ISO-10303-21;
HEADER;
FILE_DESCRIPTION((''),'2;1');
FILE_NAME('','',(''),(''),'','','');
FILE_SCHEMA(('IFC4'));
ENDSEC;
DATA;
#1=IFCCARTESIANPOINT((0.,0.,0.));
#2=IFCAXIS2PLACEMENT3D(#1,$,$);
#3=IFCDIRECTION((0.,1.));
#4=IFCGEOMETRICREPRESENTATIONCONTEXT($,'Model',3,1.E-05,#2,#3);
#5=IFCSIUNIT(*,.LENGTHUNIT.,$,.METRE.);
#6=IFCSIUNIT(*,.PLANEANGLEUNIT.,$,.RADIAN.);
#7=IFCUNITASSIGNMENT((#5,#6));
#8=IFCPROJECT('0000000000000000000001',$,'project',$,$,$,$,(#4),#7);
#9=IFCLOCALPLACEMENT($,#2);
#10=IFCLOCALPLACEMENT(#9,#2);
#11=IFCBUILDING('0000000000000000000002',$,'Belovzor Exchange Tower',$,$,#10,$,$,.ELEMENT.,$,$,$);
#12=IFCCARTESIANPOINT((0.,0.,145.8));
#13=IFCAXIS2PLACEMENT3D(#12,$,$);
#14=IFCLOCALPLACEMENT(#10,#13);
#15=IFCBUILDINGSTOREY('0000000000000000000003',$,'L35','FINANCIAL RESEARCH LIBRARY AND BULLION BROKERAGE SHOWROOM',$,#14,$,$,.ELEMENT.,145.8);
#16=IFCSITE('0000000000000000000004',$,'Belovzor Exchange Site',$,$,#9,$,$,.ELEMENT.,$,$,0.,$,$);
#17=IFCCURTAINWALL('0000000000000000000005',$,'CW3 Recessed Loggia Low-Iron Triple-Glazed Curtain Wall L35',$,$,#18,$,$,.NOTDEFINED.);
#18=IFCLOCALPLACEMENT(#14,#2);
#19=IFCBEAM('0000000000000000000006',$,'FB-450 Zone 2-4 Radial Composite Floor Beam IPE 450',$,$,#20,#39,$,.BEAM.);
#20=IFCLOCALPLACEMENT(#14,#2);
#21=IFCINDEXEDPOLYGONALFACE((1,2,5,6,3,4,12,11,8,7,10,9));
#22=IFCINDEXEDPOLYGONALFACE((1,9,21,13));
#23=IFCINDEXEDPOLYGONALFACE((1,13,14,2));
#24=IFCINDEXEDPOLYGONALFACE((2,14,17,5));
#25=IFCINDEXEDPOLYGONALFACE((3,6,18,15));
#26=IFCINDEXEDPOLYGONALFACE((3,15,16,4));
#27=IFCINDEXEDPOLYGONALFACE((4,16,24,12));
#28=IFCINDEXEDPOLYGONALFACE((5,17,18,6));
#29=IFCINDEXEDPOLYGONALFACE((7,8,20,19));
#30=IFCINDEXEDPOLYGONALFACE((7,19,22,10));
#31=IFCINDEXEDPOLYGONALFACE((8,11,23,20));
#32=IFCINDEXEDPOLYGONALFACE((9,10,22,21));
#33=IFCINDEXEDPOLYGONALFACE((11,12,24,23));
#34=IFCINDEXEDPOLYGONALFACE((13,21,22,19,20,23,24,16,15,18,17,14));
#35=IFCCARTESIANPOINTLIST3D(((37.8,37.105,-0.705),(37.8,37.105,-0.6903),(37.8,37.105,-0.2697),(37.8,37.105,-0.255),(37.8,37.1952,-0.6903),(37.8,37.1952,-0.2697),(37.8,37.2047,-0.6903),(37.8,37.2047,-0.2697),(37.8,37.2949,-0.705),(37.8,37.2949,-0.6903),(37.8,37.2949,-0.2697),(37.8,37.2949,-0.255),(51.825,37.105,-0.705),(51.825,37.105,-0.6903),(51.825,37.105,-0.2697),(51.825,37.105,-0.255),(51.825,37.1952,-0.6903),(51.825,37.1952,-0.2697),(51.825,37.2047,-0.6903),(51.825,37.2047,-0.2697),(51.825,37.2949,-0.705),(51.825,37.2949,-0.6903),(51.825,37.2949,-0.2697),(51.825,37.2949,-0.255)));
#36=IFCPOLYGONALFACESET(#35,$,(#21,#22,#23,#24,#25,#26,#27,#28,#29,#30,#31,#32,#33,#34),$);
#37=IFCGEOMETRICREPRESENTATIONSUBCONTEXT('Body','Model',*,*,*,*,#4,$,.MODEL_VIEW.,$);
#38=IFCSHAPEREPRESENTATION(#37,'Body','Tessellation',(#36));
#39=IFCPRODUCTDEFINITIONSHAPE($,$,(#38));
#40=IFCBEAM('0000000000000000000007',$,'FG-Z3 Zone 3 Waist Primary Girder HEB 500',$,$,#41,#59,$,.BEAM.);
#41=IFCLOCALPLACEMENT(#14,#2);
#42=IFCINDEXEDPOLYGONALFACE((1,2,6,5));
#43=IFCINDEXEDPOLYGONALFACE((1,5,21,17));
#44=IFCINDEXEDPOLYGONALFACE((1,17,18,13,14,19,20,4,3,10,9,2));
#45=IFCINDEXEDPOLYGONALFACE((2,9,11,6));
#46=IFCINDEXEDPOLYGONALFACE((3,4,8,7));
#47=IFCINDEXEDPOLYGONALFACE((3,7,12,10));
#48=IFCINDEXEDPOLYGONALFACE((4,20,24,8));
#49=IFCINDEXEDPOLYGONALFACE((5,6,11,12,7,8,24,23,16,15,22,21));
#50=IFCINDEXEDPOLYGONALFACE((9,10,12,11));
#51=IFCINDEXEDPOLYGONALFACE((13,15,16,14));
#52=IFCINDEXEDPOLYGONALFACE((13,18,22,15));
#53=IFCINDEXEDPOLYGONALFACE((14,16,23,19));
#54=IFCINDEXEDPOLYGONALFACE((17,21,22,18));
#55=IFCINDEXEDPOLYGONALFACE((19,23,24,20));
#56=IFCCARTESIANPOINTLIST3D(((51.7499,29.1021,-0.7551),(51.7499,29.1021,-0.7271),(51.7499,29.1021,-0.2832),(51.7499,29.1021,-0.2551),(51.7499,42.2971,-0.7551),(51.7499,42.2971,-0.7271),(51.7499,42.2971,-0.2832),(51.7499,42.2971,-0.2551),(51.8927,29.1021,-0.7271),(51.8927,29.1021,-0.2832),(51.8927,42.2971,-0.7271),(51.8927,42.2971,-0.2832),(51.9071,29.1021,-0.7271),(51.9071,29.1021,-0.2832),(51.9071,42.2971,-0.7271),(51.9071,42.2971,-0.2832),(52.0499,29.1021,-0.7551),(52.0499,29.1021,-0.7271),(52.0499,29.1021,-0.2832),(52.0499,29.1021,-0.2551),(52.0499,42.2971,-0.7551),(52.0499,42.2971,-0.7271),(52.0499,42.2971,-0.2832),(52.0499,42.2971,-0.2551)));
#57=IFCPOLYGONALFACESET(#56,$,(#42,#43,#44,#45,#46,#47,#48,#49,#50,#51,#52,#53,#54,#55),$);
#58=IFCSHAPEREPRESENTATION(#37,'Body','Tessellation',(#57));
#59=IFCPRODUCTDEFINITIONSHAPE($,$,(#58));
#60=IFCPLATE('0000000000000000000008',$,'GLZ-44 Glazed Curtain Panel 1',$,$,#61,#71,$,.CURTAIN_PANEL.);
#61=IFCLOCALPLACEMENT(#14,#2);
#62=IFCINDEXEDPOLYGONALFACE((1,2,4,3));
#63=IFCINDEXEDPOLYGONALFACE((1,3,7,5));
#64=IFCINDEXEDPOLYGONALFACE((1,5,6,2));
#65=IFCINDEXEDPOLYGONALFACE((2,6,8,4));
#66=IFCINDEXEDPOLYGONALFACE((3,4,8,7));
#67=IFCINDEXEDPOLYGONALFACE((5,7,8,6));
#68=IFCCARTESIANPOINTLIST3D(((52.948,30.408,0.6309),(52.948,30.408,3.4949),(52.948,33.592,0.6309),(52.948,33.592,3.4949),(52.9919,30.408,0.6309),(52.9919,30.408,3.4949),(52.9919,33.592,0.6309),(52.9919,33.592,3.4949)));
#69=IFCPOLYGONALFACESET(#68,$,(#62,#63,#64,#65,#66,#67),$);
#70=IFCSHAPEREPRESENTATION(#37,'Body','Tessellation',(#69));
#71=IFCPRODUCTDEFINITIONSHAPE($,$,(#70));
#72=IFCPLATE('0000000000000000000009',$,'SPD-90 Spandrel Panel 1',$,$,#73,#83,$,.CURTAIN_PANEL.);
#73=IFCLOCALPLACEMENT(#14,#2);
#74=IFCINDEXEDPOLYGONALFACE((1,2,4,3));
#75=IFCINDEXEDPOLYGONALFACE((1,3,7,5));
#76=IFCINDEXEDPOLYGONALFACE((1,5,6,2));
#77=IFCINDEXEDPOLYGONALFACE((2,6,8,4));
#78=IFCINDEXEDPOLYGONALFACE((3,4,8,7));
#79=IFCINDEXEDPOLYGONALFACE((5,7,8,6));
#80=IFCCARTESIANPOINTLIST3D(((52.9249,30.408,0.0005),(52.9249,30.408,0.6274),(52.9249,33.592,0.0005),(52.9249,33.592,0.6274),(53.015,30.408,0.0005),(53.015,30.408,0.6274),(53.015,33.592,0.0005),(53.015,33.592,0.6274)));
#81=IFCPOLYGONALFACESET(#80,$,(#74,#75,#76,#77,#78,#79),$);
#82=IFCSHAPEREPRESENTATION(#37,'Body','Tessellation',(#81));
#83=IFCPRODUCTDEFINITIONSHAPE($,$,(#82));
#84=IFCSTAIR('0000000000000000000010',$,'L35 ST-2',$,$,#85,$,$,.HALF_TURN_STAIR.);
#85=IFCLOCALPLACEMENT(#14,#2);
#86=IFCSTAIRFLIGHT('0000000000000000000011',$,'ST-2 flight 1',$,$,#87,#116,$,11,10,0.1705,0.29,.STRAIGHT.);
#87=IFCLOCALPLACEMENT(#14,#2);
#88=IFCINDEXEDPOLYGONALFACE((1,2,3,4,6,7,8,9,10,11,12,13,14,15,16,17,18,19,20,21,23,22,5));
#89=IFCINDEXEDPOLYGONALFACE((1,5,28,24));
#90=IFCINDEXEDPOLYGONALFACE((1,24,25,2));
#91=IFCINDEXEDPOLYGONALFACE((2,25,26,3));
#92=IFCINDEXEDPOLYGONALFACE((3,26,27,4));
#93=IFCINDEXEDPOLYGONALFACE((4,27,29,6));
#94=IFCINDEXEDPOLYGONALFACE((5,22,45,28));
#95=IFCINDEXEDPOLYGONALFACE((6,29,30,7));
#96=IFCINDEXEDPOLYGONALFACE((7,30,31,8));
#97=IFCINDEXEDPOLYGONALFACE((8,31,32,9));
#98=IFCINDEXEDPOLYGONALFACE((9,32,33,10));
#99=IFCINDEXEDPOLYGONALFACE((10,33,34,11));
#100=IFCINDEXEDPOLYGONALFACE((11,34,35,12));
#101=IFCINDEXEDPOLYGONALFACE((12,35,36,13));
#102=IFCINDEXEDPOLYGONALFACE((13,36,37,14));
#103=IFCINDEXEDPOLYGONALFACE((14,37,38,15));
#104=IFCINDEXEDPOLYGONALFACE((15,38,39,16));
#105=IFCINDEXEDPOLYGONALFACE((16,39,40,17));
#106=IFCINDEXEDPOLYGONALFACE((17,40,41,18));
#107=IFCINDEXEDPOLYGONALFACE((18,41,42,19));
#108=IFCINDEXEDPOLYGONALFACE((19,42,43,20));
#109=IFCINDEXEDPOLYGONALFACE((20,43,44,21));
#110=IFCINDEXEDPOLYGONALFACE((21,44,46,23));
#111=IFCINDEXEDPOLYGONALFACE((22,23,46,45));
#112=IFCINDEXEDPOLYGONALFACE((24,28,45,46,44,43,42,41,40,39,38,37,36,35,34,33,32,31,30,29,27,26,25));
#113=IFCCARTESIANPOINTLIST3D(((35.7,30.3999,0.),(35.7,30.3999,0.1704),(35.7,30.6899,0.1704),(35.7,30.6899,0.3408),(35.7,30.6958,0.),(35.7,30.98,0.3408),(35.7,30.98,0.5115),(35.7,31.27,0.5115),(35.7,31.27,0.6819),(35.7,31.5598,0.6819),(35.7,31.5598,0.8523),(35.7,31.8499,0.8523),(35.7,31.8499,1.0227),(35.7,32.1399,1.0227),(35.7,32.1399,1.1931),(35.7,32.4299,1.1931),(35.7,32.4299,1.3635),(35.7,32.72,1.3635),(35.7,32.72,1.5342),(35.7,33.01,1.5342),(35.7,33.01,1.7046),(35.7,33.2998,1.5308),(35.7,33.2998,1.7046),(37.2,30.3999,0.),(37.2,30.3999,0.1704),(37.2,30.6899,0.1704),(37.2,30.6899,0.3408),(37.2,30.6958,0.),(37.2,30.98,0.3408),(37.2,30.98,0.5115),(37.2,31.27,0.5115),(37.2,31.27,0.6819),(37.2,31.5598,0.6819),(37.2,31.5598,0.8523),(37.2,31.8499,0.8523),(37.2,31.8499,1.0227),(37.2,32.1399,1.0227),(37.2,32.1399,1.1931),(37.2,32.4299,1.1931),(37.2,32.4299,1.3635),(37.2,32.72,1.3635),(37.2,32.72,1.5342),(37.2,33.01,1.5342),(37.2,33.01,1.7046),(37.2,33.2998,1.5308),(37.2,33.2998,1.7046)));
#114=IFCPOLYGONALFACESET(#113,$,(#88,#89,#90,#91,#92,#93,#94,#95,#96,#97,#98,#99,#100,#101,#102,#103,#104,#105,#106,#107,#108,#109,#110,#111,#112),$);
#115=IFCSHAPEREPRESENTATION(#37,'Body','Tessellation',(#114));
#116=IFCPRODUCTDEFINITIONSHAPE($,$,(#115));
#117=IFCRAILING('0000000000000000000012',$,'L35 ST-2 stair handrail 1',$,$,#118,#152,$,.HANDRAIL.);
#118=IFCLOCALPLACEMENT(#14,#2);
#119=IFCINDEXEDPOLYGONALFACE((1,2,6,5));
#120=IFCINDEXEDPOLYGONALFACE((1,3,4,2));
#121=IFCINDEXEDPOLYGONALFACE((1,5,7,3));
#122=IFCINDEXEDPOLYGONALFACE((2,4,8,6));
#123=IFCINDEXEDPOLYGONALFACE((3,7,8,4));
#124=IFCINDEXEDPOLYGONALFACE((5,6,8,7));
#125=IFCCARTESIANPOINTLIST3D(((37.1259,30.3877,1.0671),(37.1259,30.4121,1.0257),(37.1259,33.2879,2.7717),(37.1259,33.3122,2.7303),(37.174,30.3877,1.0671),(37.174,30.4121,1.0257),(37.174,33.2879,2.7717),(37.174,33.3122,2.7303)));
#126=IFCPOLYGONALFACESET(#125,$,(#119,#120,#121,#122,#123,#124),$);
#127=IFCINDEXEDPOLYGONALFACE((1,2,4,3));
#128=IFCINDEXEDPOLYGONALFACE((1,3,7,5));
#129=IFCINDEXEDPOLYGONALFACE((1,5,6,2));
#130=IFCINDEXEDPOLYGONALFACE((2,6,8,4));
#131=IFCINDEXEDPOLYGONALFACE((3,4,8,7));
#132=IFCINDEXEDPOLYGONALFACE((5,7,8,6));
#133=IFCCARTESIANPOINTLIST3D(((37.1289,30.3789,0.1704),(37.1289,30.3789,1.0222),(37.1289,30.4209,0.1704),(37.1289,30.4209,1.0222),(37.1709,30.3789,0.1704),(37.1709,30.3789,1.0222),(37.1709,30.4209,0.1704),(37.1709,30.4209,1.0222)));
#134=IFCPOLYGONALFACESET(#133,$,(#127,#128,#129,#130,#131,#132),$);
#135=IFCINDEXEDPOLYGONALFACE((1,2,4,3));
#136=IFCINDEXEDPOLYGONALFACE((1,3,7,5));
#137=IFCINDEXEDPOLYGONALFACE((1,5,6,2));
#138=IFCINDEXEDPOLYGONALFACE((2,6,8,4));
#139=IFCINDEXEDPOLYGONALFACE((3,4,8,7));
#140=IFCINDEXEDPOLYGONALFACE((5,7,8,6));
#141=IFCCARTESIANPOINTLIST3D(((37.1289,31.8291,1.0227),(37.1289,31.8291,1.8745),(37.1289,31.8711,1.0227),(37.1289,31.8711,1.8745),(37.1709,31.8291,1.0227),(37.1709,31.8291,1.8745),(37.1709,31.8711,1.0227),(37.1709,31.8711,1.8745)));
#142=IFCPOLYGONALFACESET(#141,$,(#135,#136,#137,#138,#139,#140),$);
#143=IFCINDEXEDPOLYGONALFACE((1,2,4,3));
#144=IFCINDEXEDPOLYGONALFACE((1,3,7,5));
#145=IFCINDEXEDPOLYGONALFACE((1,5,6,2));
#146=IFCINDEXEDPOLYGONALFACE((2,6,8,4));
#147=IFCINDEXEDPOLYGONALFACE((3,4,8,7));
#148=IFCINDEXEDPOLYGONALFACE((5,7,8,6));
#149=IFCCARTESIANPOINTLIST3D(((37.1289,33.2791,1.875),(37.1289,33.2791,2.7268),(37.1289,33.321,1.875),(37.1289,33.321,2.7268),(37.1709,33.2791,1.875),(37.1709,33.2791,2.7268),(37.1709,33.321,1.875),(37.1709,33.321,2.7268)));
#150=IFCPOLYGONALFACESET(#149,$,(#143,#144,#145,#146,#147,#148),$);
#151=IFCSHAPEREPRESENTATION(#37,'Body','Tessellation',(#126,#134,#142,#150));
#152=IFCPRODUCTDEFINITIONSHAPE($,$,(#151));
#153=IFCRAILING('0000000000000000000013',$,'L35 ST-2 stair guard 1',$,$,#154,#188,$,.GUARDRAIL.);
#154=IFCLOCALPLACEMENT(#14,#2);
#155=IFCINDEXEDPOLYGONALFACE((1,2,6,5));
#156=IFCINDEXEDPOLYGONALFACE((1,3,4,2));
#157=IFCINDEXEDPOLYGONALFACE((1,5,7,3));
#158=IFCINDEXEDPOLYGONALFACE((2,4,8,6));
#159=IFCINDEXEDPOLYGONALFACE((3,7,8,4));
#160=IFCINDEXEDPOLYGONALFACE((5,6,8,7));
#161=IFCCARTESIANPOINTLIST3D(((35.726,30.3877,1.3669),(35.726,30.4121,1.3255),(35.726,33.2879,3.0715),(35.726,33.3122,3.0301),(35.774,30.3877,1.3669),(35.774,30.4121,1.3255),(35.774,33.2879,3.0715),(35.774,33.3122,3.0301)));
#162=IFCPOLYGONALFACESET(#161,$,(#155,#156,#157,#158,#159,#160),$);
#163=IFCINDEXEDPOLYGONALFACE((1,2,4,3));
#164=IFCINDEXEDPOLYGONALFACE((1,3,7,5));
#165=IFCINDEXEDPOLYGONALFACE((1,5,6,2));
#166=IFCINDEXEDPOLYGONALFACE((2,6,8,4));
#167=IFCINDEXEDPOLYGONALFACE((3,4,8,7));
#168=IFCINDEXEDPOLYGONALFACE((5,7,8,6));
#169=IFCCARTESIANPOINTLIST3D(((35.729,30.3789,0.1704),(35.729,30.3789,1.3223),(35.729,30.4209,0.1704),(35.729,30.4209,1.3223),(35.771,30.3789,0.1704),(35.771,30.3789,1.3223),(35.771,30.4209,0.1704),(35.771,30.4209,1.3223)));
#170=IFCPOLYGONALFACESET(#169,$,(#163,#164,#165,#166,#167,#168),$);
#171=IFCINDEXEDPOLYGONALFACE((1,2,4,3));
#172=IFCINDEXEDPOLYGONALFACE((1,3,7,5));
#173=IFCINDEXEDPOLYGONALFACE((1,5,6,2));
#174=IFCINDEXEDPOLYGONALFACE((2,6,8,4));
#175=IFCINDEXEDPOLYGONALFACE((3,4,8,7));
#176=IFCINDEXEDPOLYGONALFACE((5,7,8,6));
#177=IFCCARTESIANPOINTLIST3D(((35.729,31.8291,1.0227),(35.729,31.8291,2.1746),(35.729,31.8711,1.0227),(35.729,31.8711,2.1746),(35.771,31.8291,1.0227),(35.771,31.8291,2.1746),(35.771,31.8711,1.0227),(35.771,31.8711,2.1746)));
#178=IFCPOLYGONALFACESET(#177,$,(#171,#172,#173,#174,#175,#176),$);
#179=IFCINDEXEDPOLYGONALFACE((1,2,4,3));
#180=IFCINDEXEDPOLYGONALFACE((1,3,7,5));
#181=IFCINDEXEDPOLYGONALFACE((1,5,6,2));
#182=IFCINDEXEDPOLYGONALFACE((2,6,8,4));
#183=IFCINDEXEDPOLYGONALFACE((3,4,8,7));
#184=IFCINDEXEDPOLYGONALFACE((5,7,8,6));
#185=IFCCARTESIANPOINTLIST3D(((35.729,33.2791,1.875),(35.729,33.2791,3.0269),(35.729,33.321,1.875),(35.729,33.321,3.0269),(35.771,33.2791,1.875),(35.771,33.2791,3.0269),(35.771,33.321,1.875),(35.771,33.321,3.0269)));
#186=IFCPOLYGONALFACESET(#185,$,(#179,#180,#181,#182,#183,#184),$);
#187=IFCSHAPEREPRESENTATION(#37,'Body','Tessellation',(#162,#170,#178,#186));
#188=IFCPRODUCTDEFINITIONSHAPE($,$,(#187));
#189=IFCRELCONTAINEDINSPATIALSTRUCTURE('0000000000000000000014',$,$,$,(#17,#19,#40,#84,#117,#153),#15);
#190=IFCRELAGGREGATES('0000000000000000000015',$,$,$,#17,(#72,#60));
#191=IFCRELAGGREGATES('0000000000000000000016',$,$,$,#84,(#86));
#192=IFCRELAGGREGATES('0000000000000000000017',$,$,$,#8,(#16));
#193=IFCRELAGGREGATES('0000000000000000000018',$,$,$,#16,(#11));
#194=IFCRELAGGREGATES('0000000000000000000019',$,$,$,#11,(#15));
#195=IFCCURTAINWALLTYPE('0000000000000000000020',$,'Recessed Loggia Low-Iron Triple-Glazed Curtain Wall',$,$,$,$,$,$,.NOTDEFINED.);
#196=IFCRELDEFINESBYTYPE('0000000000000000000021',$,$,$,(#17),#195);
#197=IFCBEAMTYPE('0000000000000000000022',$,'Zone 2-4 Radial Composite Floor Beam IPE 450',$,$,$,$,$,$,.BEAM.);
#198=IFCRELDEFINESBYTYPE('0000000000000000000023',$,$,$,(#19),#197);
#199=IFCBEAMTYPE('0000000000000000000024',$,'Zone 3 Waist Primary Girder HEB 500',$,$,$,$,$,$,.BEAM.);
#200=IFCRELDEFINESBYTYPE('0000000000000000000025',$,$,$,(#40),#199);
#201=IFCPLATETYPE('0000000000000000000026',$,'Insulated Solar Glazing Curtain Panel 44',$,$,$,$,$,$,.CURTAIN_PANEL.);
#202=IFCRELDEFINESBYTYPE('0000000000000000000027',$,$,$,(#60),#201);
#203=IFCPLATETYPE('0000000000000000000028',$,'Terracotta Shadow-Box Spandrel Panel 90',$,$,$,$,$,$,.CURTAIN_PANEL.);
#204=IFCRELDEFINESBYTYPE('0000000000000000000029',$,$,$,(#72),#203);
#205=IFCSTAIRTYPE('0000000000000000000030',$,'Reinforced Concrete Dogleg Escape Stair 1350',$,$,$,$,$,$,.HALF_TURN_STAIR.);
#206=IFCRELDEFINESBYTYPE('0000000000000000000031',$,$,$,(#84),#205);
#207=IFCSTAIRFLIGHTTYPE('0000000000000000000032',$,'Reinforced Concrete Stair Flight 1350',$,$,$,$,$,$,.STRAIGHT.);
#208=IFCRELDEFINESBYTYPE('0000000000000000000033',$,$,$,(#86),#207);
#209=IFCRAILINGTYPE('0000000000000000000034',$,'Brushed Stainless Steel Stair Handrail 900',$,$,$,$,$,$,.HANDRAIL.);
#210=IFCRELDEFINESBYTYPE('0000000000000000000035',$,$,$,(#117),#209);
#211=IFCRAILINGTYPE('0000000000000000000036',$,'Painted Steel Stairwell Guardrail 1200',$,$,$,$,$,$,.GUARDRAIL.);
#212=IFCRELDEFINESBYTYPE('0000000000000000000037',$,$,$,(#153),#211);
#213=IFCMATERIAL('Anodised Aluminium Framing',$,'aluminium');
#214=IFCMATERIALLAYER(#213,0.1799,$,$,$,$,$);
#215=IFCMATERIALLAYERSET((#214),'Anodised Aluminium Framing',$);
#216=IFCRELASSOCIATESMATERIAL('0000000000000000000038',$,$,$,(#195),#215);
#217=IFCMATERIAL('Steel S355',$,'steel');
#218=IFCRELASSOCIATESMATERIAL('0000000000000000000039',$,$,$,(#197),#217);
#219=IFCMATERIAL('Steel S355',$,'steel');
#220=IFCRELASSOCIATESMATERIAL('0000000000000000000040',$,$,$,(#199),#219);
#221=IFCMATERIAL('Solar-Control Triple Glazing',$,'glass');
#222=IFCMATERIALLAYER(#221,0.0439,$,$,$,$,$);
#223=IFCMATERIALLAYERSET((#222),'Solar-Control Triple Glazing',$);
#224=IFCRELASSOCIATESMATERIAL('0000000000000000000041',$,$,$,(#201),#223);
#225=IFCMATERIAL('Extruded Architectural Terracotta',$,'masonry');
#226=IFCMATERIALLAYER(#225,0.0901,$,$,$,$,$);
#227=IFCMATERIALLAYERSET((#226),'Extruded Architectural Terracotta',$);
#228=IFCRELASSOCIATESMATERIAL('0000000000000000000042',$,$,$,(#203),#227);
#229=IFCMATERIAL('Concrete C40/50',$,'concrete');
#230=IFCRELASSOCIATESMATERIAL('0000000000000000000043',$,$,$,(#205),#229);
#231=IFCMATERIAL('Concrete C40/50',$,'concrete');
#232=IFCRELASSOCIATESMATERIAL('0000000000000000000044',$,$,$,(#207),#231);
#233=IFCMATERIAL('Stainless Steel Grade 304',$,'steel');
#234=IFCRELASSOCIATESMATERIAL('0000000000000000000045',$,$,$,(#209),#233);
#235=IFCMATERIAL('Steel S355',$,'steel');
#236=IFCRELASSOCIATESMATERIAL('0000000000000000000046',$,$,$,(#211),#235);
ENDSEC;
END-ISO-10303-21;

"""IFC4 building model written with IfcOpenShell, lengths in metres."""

from ifc_helpers import new_model, si_unit, direction, frame, origin, origin_2d, place, context, subcontext, project, spatial, polyline, rectangle, i_section, outline, extrude, material, layer, layer_set, material_profile, profile_set, type_object, element, aggregate, save


model = new_model("IFC4")

# Units and contexts
model_context = context("Model", 3, precision=1e-05, world=origin(), true_north=direction((0.0, 1.0)))
body_context = subcontext(model_context, "Body", "Model", "MODEL_VIEW")
ifc_project = project(units=[si_unit("LENGTHUNIT", "METRE"), si_unit("PLANEANGLEUNIT", "RADIAN")], contexts=[model_context])

# Site, building, storey
site_placement = place(None, origin())
site = spatial("IfcSite", under=ifc_project, at=site_placement, Name="Belovzor Exchange Site", CompositionType="ELEMENT", RefElevation=0.0)
building_placement = place(site_placement, origin())
building = spatial("IfcBuilding", under=site, at=building_placement, Name="Belovzor Exchange Tower", CompositionType="ELEMENT")
storey_placement = place(building_placement, frame((0.0, 0.0, 145.8)))
storey = spatial("IfcBuildingStorey", under=building, at=storey_placement, Name="L35", Description="FINANCIAL RESEARCH LIBRARY AND BULLION BROKERAGE SHOWROOM", CompositionType="ELEMENT", Elevation=145.8)

# Curtain wall
ifc_material_1 = material(Name="Anodised Aluminium Framing", Category="aluminium")
ifc_layer_1 = layer(ifc_material_1, 0.1799)
ifc_layer_set_1 = layer_set([ifc_layer_1], Name="Anodised Aluminium Framing")
curtain_wall_type = type_object("IfcCurtainWallType", Name="Recessed Loggia Low-Iron Triple-Glazed Curtain Wall", PredefinedType="NOTDEFINED", material=ifc_layer_set_1)
curtain_wall_placement = place(storey_placement, origin())
curtain_wall = element("IfcCurtainWall", 1, at=curtain_wall_placement, inside=storey, type_object=curtain_wall_type, Name="CW3 Recessed Loggia Low-Iron Triple-Glazed Curtain Wall L35", PredefinedType="NOTDEFINED")

# Beams
ifc_material_2 = material(Name="Steel S355", Category="steel")
ifc_material_profile_1 = material_profile(ifc_material_2, i_section(OverallWidth=0.1899, OverallDepth=0.45, WebThickness=0.0095, FlangeThickness=0.0146, at=origin_2d()))
ifc_profile_set_1 = profile_set([ifc_material_profile_1], Name="Steel S355")
beam_type_1 = type_object("IfcBeamType", Name="Zone 2-4 Radial Composite Floor Beam IPE 450", PredefinedType="BEAM", material=ifc_profile_set_1)
for number, where, z_axis, x_axis, name in (
    (2, (37.8, 37.2, -0.48), (1.0, 0.0, 0.0), (0.0, 1.0, 0.0), "FB-450 Zone 2-4 Radial Composite Floor Beam IPE 450"),
):
    element("IfcBeam", number, at=place(storey_placement, frame(where, z_axis=z_axis, x_axis=x_axis)), inside=storey, type_object=beam_type_1, Name=name, PredefinedType="BEAM", context=body_context, shape_type="SweptSolid", body=[
        extrude(i_section(OverallWidth=0.1899, OverallDepth=0.45, WebThickness=0.0095, FlangeThickness=0.0146, at=origin_2d()), origin(), (0.0, 0.0, 1.0), 14.0249),
    ])
ifc_material_3 = material(Name="Steel S355", Category="steel")
ifc_material_profile_2 = material_profile(ifc_material_3, i_section(OverallWidth=0.3, OverallDepth=0.5, WebThickness=0.0144, FlangeThickness=0.0281, at=origin_2d()))
ifc_profile_set_2 = profile_set([ifc_material_profile_2], Name="Steel S355")
beam_type_2 = type_object("IfcBeamType", Name="Zone 3 Waist Primary Girder HEB 500", PredefinedType="BEAM", material=ifc_profile_set_2)
beam_1_placement = place(storey_placement, frame((51.8999, 29.1021, -0.5051), z_axis=(0.0, 1.0, 0.0), x_axis=(-1.0, 0.0, 0.0)))
element("IfcBeam", 3, at=beam_1_placement, inside=storey, type_object=beam_type_2, Name="FG-Z3 Zone 3 Waist Primary Girder HEB 500", PredefinedType="BEAM", context=body_context, shape_type="SweptSolid", body=[
    extrude(i_section(OverallWidth=0.3, OverallDepth=0.5, WebThickness=0.0144, FlangeThickness=0.0281, at=origin_2d()), origin(), (0.0, 0.0, 1.0), 13.1951),
])

# Plates
ifc_material_4 = material(Name="Solar-Control Triple Glazing", Category="glass")
ifc_layer_2 = layer(ifc_material_4, 0.0439)
ifc_layer_set_2 = layer_set([ifc_layer_2], Name="Solar-Control Triple Glazing")
plate_type_1 = type_object("IfcPlateType", Name="Insulated Solar Glazing Curtain Panel 44", PredefinedType="CURTAIN_PANEL", material=ifc_layer_set_2)
plate_1_placement = place(storey_placement, frame((52.97, 32.0, 0.6309), z_axis=(0.0, 0.0, 1.0), x_axis=(0.0, -1.0, 0.0)))
plate_1 = element("IfcPlate", 4, at=plate_1_placement, type_object=plate_type_1, Name="GLZ-44 Glazed Curtain Panel 1", PredefinedType="CURTAIN_PANEL", context=body_context, shape_type="SweptSolid", body=[
    extrude(rectangle(XDim=3.1841, YDim=0.0439, at=origin_2d()), origin(), (0.0, 0.0, 1.0), 2.864),
])
ifc_material_5 = material(Name="Extruded Architectural Terracotta", Category="masonry")
ifc_layer_3 = layer(ifc_material_5, 0.0901)
ifc_layer_set_3 = layer_set([ifc_layer_3], Name="Extruded Architectural Terracotta")
plate_type_2 = type_object("IfcPlateType", Name="Terracotta Shadow-Box Spandrel Panel 90", PredefinedType="CURTAIN_PANEL", material=ifc_layer_set_3)
plate_2_placement = place(storey_placement, frame((52.97, 32.0, 0.0005), z_axis=(0.0, 0.0, 1.0), x_axis=(0.0, -1.0, 0.0)))
plate_2 = element("IfcPlate", 5, at=plate_2_placement, type_object=plate_type_2, Name="SPD-90 Spandrel Panel 1", PredefinedType="CURTAIN_PANEL", context=body_context, shape_type="SweptSolid", body=[
    extrude(rectangle(XDim=3.1841, YDim=0.0901, at=origin_2d()), origin(), (0.0, 0.0, 1.0), 0.627),
])
aggregate(curtain_wall, [plate_2, plate_1])

# Stair, stair flight
ifc_material_6 = material(Name="Concrete C40/50", Category="concrete")
stair_type = type_object("IfcStairType", Name="Reinforced Concrete Dogleg Escape Stair 1350", PredefinedType="HALF_TURN_STAIR", material=ifc_material_6)
stair_placement = place(storey_placement, origin())
stair = element("IfcStair", 6, at=stair_placement, inside=storey, type_object=stair_type, Name="L35 ST-2", PredefinedType="HALF_TURN_STAIR")
ifc_material_7 = material(Name="Concrete C40/50", Category="concrete")
stair_flight_type = type_object("IfcStairFlightType", Name="Reinforced Concrete Stair Flight 1350", PredefinedType="STRAIGHT", material=ifc_material_7)
stair_flight_placement = place(storey_placement, frame((36.45, 30.3999, 0.0), z_axis=(0.0, 0.0, 1.0), x_axis=(0.0, 1.0, 0.0)))
stair_flight = element("IfcStairFlight", 7, at=stair_flight_placement, type_object=stair_flight_type, Name="ST-2 flight 1", NumberOfRisers=11, NumberOfTreads=10, PredefinedType="STRAIGHT", RiserHeight=0.1705, TreadLength=0.29, context=body_context, shape_type="SweptSolid", body=[
    extrude(outline(polyline([(0.0, 0.0), (0.0, 0.1704), (0.29, 0.1704), (0.29, 0.3408), (0.5801, 0.3408), (0.5801, 0.5115), (0.8701, 0.5115), (0.8701, 0.6819), (1.1599, 0.6819), (1.1599, 0.8523), (1.45, 0.8523), (1.45, 1.0227), (1.74, 1.0227), (1.74, 1.1931), (2.03, 1.1931), (2.03, 1.3635), (2.3201, 1.3635), (2.3201, 1.5342), (2.6101, 1.5342), (2.6101, 1.7046), (2.8999, 1.7046), (2.8999, 1.875), (2.8999, 1.5308), (0.2959, 0.0), (0.0, 0.0)])), frame((0.0, 0.75, 0.0), z_axis=(0.0, -1.0, 0.0), x_axis=(1.0, 0.0, 0.0)), (0.0, 0.0, 1.0), 1.5),
])
aggregate(stair, [stair_flight])

# Railings
ifc_material_8 = material(Name="Stainless Steel Grade 304", Category="steel")
railing_type_1 = type_object("IfcRailingType", Name="Brushed Stainless Steel Stair Handrail 900", PredefinedType="HANDRAIL", material=ifc_material_8)
railing_1_placement = place(storey_placement, frame((37.1499, 30.3999, 0.1704)))
element("IfcRailing", 8, at=railing_1_placement, inside=storey, type_object=railing_type_1, Name="L35 ST-2 stair handrail 1", PredefinedType="HANDRAIL", context=body_context, shape_type="SweptSolid", body=[
    extrude(rectangle(XDim=0.0481, YDim=0.0481, at=origin_2d()), frame((0.0, 0.0, 0.876), z_axis=(0.0, 0.862113, 0.506716), x_axis=(-1.0, 0.0, 0.0)), (0.0, 0.0, 1.0), 3.364),
    extrude(rectangle(XDim=0.042, YDim=0.042, at=origin_2d()), origin(), (0.0, 0.0, 1.0), 0.8518),
    extrude(rectangle(XDim=0.042, YDim=0.042, at=origin_2d()), frame((0.0, 1.4502, 0.8523)), (0.0, 0.0, 1.0), 0.8518),
    extrude(rectangle(XDim=0.042, YDim=0.042, at=origin_2d()), frame((0.0, 2.9001, 1.7046)), (0.0, 0.0, 1.0), 0.8518),
])
ifc_material_9 = material(Name="Steel S355", Category="steel")
railing_type_2 = type_object("IfcRailingType", Name="Painted Steel Stairwell Guardrail 1200", PredefinedType="GUARDRAIL", material=ifc_material_9)
railing_2_placement = place(storey_placement, frame((35.75, 30.3999, 0.1704)))
element("IfcRailing", 9, at=railing_2_placement, inside=storey, type_object=railing_type_2, Name="L35 ST-2 stair guard 1", PredefinedType="GUARDRAIL", context=body_context, shape_type="SweptSolid", body=[
    extrude(rectangle(XDim=0.0481, YDim=0.0481, at=origin_2d()), frame((0.0, 0.0, 1.1758), z_axis=(0.0, 0.862113, 0.506716), x_axis=(-1.0, 0.0, 0.0)), (0.0, 0.0, 1.0), 3.364),
    extrude(rectangle(XDim=0.042, YDim=0.042, at=origin_2d()), origin(), (0.0, 0.0, 1.0), 1.1519),
    extrude(rectangle(XDim=0.042, YDim=0.042, at=origin_2d()), frame((0.0, 1.4502, 0.8523)), (0.0, 0.0, 1.0), 1.1519),
    extrude(rectangle(XDim=0.042, YDim=0.042, at=origin_2d()), frame((0.0, 2.9001, 1.7046)), (0.0, 0.0, 1.0), 1.1519),
])

save(model, "model.ifc")
